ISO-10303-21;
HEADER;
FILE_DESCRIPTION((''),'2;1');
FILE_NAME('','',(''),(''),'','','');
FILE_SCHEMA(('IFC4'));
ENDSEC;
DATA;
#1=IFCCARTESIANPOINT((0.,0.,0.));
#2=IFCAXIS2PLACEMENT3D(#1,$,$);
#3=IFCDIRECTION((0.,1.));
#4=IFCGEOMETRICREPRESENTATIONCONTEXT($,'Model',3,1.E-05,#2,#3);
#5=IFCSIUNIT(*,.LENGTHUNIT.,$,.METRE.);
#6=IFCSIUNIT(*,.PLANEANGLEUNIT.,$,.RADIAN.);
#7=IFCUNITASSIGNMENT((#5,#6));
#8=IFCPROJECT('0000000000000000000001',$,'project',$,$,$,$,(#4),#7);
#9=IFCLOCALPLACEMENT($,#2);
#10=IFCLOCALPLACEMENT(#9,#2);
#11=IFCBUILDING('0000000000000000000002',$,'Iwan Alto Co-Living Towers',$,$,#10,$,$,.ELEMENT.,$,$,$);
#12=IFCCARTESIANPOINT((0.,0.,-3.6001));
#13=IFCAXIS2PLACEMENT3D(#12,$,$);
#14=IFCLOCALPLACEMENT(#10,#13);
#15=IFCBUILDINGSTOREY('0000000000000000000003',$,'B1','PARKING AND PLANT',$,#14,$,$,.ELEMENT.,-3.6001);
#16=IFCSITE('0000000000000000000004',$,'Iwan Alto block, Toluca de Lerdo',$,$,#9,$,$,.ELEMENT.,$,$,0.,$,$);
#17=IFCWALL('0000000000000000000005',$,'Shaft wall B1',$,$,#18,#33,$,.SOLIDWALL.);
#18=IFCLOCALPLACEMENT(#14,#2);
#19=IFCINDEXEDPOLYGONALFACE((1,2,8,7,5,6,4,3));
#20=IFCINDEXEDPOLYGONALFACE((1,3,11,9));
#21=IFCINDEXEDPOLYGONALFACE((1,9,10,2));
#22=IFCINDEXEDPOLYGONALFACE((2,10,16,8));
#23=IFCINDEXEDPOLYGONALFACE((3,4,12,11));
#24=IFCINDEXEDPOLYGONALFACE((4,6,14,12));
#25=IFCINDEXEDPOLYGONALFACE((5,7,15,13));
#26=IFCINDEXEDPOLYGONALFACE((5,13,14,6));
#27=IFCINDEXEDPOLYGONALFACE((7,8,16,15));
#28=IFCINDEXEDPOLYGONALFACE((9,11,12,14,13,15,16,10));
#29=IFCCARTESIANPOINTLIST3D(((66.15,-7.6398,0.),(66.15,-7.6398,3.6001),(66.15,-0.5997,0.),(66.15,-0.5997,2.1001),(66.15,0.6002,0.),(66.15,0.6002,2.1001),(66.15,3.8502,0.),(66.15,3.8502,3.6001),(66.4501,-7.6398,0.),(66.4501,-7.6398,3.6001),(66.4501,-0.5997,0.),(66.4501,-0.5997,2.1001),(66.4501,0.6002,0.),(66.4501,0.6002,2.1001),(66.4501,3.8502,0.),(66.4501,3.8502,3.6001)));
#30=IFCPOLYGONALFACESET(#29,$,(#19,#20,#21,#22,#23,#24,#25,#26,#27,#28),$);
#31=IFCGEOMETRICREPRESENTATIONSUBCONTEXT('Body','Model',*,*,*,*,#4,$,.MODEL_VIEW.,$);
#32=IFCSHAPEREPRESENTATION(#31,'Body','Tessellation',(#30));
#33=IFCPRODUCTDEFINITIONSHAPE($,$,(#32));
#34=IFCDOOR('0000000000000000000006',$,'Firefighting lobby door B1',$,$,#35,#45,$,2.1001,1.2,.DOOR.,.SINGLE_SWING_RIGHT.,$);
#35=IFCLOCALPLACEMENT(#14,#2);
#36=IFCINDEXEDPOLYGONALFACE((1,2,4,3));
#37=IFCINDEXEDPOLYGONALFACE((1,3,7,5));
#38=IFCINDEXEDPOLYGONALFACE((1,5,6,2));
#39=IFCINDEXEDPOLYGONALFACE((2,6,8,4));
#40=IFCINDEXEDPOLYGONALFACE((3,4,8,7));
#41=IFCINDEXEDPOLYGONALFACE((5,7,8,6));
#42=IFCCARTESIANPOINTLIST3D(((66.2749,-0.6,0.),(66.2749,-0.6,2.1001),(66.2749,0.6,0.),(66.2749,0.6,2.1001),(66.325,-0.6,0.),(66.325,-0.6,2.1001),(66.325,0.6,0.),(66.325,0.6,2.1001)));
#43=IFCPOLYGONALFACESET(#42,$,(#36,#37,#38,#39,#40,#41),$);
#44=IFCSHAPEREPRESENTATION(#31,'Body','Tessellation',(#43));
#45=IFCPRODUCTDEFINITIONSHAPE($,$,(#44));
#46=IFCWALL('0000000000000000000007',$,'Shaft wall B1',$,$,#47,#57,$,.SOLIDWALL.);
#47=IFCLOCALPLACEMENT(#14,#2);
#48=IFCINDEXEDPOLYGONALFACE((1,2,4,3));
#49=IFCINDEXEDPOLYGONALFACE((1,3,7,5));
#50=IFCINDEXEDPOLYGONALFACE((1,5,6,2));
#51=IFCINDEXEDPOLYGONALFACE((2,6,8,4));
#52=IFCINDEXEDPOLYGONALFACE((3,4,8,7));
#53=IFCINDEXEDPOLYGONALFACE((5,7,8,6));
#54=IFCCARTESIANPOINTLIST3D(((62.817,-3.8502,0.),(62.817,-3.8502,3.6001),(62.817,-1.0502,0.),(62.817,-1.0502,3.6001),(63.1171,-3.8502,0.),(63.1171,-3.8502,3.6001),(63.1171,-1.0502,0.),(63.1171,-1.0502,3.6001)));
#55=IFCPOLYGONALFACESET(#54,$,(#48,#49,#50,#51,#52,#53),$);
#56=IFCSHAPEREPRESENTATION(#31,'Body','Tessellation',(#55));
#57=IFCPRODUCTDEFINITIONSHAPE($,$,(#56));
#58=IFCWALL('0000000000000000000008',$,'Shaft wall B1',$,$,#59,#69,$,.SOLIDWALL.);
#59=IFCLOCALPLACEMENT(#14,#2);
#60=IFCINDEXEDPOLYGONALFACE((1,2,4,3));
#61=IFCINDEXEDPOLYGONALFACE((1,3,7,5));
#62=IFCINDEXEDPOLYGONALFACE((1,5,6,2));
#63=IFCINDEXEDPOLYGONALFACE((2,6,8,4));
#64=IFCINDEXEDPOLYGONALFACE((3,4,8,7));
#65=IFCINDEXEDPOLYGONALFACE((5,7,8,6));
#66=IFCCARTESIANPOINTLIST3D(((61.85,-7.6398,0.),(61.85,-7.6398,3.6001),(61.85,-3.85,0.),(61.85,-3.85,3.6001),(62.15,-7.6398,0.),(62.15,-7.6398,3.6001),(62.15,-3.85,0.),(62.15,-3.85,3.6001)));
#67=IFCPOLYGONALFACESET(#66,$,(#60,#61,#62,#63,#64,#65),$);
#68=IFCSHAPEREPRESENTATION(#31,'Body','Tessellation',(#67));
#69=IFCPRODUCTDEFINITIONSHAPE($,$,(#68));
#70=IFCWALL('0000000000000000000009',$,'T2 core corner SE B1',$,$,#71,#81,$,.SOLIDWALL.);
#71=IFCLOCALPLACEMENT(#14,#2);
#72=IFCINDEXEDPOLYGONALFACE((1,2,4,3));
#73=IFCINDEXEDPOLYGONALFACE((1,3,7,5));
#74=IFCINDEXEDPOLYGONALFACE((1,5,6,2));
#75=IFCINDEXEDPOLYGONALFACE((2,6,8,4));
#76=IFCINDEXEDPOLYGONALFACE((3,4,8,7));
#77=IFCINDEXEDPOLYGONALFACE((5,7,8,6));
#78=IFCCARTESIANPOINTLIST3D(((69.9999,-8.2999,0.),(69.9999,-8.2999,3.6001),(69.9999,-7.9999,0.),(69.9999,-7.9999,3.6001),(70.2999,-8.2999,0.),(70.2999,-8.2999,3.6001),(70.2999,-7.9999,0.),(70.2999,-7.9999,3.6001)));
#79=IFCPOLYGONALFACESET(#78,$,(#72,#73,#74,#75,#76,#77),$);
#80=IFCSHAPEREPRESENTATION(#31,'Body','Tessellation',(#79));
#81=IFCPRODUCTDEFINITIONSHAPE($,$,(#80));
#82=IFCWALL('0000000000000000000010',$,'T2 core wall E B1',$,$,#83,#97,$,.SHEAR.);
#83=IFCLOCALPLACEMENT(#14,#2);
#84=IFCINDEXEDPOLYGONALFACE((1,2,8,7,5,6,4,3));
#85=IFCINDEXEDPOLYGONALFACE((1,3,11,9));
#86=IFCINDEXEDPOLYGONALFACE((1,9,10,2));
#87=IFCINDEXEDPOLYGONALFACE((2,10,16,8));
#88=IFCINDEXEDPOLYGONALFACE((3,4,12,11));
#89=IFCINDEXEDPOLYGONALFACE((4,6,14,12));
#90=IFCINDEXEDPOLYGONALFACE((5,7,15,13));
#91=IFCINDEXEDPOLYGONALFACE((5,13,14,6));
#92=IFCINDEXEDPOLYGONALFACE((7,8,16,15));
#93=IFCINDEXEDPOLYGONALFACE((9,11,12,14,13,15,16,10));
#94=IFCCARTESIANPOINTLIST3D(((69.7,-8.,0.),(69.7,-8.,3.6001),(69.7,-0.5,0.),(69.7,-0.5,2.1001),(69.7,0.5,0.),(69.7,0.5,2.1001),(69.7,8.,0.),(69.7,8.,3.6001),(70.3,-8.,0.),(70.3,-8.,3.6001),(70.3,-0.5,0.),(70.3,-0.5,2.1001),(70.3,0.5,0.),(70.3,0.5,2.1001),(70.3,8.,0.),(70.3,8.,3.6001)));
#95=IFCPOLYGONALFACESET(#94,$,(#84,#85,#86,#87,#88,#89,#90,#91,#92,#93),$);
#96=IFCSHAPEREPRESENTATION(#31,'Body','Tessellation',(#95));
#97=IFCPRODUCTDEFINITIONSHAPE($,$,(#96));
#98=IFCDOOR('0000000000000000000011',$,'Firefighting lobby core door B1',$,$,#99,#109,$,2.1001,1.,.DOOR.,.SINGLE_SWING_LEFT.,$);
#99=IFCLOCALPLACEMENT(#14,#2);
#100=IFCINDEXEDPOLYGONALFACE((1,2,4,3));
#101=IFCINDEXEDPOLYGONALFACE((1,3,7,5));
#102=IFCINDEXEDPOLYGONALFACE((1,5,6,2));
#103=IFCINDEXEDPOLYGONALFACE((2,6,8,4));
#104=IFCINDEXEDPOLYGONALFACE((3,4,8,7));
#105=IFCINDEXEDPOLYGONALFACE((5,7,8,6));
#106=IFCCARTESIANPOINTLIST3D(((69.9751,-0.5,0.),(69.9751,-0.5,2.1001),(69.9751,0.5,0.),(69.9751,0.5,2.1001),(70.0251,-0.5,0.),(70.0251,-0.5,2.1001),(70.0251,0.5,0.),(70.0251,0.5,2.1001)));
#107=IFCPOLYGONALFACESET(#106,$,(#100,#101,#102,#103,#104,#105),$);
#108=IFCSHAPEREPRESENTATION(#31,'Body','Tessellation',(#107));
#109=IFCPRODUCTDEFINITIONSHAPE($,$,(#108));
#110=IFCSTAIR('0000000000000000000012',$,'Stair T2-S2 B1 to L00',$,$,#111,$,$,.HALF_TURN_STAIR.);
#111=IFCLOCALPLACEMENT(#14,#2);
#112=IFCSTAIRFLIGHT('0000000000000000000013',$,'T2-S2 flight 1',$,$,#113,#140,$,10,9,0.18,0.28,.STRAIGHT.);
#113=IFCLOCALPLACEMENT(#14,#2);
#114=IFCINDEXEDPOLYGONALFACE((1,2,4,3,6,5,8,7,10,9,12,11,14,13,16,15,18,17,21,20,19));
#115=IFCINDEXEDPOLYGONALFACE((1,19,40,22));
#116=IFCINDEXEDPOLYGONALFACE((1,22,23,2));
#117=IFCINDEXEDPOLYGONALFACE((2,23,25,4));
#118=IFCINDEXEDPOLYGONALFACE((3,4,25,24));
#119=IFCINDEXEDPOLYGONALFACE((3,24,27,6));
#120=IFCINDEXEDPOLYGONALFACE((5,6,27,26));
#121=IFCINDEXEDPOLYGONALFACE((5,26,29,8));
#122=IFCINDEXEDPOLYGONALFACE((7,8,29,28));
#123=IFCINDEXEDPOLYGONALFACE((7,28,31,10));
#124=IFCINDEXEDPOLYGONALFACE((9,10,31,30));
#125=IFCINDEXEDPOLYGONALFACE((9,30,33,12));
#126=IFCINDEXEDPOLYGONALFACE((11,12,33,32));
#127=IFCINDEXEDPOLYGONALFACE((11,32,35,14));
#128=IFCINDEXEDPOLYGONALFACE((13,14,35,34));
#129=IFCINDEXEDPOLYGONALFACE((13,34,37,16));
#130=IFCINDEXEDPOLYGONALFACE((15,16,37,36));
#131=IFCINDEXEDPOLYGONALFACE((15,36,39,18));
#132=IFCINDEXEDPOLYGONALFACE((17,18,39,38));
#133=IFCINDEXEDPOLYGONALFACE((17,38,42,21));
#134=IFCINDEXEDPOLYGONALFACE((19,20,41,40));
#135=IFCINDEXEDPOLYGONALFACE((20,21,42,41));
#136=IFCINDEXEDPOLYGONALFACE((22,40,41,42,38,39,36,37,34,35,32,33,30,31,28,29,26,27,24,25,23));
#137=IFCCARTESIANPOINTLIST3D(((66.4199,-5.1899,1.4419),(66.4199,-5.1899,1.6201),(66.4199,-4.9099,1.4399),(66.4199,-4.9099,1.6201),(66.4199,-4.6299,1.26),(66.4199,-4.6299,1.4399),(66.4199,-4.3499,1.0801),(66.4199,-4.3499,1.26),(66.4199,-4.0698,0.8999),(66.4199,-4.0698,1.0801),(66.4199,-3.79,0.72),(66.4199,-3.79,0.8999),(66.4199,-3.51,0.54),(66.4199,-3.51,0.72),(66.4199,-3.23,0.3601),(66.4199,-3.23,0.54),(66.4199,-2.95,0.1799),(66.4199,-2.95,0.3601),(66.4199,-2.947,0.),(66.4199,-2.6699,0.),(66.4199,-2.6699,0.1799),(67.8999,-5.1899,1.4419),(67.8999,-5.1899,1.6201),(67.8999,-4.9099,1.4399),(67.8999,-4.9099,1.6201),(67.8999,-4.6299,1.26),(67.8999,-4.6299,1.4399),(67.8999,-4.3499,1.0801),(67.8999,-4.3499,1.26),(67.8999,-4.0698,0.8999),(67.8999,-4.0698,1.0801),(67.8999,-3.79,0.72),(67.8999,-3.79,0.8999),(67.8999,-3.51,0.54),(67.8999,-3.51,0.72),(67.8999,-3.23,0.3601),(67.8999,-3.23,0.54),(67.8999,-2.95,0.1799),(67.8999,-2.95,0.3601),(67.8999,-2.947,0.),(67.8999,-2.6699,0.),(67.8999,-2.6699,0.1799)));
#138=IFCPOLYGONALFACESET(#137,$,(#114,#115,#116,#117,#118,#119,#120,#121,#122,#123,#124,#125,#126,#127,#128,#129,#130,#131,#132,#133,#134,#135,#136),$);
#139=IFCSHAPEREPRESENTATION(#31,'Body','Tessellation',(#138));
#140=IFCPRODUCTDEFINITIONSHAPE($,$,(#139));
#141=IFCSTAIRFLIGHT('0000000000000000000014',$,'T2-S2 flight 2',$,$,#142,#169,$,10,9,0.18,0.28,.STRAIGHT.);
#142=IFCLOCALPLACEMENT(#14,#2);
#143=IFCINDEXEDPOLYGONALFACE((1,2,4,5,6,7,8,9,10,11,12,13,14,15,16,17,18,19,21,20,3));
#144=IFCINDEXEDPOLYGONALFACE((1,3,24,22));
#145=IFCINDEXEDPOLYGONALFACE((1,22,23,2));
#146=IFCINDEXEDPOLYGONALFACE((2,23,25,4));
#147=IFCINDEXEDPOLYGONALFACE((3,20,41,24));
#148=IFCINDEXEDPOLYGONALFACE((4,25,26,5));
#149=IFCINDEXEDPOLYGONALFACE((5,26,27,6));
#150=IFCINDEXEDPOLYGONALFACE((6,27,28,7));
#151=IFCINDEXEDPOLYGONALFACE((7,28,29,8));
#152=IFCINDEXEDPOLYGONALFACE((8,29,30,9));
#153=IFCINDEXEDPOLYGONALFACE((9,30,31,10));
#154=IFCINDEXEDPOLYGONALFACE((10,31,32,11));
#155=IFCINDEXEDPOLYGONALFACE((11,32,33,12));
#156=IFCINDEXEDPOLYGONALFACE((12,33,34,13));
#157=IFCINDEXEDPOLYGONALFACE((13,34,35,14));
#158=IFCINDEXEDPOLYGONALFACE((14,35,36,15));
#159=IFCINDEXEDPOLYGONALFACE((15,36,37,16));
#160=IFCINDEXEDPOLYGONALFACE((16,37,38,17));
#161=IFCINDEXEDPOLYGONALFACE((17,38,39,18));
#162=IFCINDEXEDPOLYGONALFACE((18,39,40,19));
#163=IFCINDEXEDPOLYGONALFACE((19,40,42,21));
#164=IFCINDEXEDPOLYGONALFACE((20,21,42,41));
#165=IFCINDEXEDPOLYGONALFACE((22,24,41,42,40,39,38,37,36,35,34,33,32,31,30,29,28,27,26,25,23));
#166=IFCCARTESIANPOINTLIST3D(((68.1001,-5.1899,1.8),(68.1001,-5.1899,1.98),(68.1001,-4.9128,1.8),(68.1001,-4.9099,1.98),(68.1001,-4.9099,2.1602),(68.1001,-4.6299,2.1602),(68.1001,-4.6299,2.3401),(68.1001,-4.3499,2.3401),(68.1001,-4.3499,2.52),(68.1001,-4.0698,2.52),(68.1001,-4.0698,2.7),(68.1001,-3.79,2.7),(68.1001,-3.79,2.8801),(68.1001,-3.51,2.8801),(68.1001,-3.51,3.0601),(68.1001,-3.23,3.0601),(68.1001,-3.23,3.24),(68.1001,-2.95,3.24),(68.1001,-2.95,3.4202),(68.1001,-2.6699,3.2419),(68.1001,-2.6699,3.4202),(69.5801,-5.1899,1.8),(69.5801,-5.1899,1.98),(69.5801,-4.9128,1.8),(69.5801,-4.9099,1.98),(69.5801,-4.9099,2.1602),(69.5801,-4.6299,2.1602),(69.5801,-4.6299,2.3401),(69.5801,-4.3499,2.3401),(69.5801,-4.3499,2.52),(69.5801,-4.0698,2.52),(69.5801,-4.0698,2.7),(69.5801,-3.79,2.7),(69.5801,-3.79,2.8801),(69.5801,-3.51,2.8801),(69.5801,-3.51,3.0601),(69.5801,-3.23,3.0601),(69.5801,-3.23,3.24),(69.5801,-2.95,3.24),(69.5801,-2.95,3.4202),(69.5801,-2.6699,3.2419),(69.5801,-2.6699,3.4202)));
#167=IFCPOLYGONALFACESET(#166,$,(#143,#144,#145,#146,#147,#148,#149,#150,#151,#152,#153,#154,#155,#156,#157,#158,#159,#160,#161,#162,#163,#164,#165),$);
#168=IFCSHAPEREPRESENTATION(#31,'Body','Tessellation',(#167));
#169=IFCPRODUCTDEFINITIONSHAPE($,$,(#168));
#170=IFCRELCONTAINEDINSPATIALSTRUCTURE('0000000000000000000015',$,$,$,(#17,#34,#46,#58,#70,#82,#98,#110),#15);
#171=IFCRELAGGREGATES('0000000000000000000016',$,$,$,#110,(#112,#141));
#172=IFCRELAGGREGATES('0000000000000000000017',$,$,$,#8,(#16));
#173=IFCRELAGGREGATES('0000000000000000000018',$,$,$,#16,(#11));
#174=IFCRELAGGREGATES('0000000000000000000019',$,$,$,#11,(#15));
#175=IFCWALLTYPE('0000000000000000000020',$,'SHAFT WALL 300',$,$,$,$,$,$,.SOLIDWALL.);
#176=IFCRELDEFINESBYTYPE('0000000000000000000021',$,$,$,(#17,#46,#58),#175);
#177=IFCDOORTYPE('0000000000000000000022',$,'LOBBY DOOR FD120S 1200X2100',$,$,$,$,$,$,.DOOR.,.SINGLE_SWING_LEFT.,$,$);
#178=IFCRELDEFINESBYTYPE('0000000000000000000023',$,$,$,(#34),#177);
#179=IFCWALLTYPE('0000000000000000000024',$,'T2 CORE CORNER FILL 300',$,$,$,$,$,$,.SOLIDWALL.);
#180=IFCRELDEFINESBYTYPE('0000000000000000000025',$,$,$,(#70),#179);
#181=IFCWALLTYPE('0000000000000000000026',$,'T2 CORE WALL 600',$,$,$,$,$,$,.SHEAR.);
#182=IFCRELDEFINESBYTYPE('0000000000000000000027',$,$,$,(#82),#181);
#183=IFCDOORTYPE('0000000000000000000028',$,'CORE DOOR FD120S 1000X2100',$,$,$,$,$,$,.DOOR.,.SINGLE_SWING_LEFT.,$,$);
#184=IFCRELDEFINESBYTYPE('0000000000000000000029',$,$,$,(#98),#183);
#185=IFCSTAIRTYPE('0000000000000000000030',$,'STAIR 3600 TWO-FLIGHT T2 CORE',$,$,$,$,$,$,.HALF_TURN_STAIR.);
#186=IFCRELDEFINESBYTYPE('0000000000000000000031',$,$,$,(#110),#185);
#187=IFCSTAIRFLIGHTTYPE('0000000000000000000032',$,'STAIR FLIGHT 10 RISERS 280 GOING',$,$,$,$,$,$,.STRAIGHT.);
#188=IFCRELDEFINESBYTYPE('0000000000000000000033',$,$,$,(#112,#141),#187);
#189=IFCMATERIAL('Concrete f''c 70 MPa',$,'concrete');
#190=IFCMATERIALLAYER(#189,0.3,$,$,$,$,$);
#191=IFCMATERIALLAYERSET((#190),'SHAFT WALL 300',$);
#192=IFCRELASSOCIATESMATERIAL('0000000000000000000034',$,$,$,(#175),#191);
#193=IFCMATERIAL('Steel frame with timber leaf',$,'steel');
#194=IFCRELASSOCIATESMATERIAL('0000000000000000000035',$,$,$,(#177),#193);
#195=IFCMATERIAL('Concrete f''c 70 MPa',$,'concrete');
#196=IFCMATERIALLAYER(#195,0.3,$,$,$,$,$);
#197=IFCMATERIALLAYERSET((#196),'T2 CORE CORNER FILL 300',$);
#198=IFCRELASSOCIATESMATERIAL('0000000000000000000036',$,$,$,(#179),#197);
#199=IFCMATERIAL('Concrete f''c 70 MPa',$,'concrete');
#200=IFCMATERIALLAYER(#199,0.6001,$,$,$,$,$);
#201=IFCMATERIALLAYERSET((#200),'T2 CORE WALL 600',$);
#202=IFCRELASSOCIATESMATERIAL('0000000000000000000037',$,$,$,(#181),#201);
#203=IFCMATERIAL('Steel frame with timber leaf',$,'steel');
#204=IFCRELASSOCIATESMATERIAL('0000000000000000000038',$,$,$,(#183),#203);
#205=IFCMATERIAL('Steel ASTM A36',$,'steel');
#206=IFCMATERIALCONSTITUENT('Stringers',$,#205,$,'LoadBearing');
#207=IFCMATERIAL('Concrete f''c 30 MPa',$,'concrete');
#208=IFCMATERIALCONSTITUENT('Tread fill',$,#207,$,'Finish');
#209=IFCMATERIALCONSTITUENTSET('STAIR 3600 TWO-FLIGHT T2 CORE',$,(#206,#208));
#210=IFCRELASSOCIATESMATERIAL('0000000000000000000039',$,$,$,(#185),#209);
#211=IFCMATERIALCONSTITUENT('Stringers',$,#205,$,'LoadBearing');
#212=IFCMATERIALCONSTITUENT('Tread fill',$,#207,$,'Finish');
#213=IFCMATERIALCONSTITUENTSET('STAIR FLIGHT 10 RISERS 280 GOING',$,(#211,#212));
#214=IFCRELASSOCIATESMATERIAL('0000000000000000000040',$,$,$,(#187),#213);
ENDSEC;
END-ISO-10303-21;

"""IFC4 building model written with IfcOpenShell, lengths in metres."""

from ifc_helpers import new_model, si_unit, direction, frame, frame_2d, origin, place, context, subcontext, project, spatial, polyline, rectangle, outline, extrude, material, layer, layer_set, constituent, constituent_set, type_object, element, fill, aggregate, save


model = new_model("IFC4")

# Units and contexts
model_context = context("Model", 3, precision=1e-05, world=origin(), true_north=direction((0.0, 1.0)))
body_context = subcontext(model_context, "Body", "Model", "MODEL_VIEW")
ifc_project = project(units=[si_unit("LENGTHUNIT", "METRE"), si_unit("PLANEANGLEUNIT", "RADIAN")], contexts=[model_context])

# Site, building, storey
site_placement = place(None, origin())
site = spatial("IfcSite", under=ifc_project, at=site_placement, Name="Iwan Alto block, Toluca de Lerdo", CompositionType="ELEMENT", RefElevation=0.0)
building_placement = place(site_placement, origin())
building = spatial("IfcBuilding", under=site, at=building_placement, Name="Iwan Alto Co-Living Towers", CompositionType="ELEMENT")
storey_placement = place(building_placement, frame((0.0, 0.0, -3.6001)))
storey = spatial("IfcBuildingStorey", under=building, at=storey_placement, Name="B1", Description="PARKING AND PLANT", CompositionType="ELEMENT", Elevation=-3.6001)

# Wall, opening, door
ifc_material_1 = material(Name="Concrete f'c 70 MPa", Category="concrete")
ifc_layer_1 = layer(ifc_material_1, 0.3)
ifc_layer_set_1 = layer_set([ifc_layer_1], Name="SHAFT WALL 300")
wall_type_1 = type_object("IfcWallType", Name="SHAFT WALL 300", PredefinedType="SOLIDWALL", material=ifc_layer_set_1)
wall_1_placement = place(storey_placement, frame((66.3, -7.6399, 0.0), z_axis=(0.0, 0.0, 1.0), x_axis=(0.0, 1.0, 0.0)))
wall_1 = element("IfcWall", 1, at=wall_1_placement, inside=storey, type_object=wall_type_1, Name="Shaft wall B1", PredefinedType="SOLIDWALL", context=body_context, shape_type="SweptSolid", body=[
    extrude(rectangle(XDim=11.49, YDim=0.3, at=frame_2d((5.7451, 0.0))), origin(), (0.0, 0.0, 1.0), 3.6001),
])
opening_1_placement = place(wall_1_placement, frame((7.04, 0.0, 0.0)))
opening_1 = element("IfcOpeningElement", 2, at=opening_1_placement, cuts=wall_1, PredefinedType="OPENING", context=body_context, shape_type="SweptSolid", body=[
    extrude(rectangle(XDim=1.2, YDim=2.1001, at=frame_2d((0.6001, 1.05))), frame((0.0, 0.1599, 0.0), z_axis=(0.0, -1.0, 0.0), x_axis=(1.0, 0.0, 0.0)), (0.0, 0.0, 1.0), 0.3201),
])
ifc_material_2 = material(Name="Steel frame with timber leaf", Category="steel")
door_type_1 = type_object("IfcDoorType", Name="LOBBY DOOR FD120S 1200X2100", OperationType="SINGLE_SWING_LEFT", PredefinedType="DOOR", material=ifc_material_2)
door_1_placement = place(opening_1_placement, frame((1.2, 0.0, 0.0), z_axis=(0.0, 0.0, 1.0), x_axis=(-1.0, 0.0, 0.0)))
door_1 = element("IfcDoor", 3, at=door_1_placement, inside=storey, type_object=door_type_1, Name="Firefighting lobby door B1", OperationType="SINGLE_SWING_RIGHT", OverallHeight=2.1001, OverallWidth=1.2, PredefinedType="DOOR", context=body_context, shape_type="SweptSolid", body=[
    extrude(rectangle(XDim=1.2, YDim=2.1001, at=frame_2d((0.6001, 1.05))), frame((0.0, 0.0249, 0.0), z_axis=(0.0, -1.0, 0.0), x_axis=(1.0, 0.0, 0.0)), (0.0, 0.0, 1.0), 0.05),
])
fill(opening_1, door_1)

# Walls
wall_2_placement = place(storey_placement, frame((62.967, -3.8501, 0.0), z_axis=(0.0, 0.0, 1.0), x_axis=(0.0, 1.0, 0.0)))
element("IfcWall", 4, at=wall_2_placement, inside=storey, type_object=wall_type_1, Name="Shaft wall B1", PredefinedType="SOLIDWALL", context=body_context, shape_type="SweptSolid", body=[
    extrude(rectangle(XDim=2.8, YDim=0.3, at=frame_2d((1.3999, 0.0))), origin(), (0.0, 0.0, 1.0), 3.6001),
])
wall_3_placement = place(storey_placement, frame((62.0, -7.6399, 0.0), z_axis=(0.0, 0.0, 1.0), x_axis=(0.0, 1.0, 0.0)))
element("IfcWall", 5, at=wall_3_placement, inside=storey, type_object=wall_type_1, Name="Shaft wall B1", PredefinedType="SOLIDWALL", context=body_context, shape_type="SweptSolid", body=[
    extrude(rectangle(XDim=3.7898, YDim=0.3, at=frame_2d((1.895, 0.0))), origin(), (0.0, 0.0, 1.0), 3.6001),
])
ifc_material_3 = material(Name="Concrete f'c 70 MPa", Category="concrete")
ifc_layer_2 = layer(ifc_material_3, 0.3)
ifc_layer_set_2 = layer_set([ifc_layer_2], Name="T2 CORE CORNER FILL 300")
wall_type_2 = type_object("IfcWallType", Name="T2 CORE CORNER FILL 300", PredefinedType="SOLIDWALL", material=ifc_layer_set_2)
wall_4_placement = place(storey_placement, frame((70.0, -8.1499, 0.0), z_axis=(0.0, 0.0, 1.0), x_axis=(1.0, 0.0, 0.0)))
element("IfcWall", 6, at=wall_4_placement, inside=storey, type_object=wall_type_2, Name="T2 core corner SE B1", PredefinedType="SOLIDWALL", context=body_context, shape_type="SweptSolid", body=[
    extrude(rectangle(XDim=0.3, YDim=0.3, at=frame_2d((0.1499, 0.0))), origin(), (0.0, 0.0, 1.0), 3.6001),
])

# Wall, opening, door
ifc_material_4 = material(Name="Concrete f'c 70 MPa", Category="concrete")
ifc_layer_3 = layer(ifc_material_4, 0.6001)
ifc_layer_set_3 = layer_set([ifc_layer_3], Name="T2 CORE WALL 600")
wall_type_3 = type_object("IfcWallType", Name="T2 CORE WALL 600", PredefinedType="SHEAR", material=ifc_layer_set_3)
wall_5_placement = place(storey_placement, frame((70.0, -8.0, 0.0), z_axis=(0.0, 0.0, 1.0), x_axis=(0.0, 1.0, 0.0)))
wall_5 = element("IfcWall", 7, at=wall_5_placement, inside=storey, type_object=wall_type_3, Name="T2 core wall E B1", PredefinedType="SHEAR", context=body_context, shape_type="SweptSolid", body=[
    extrude(rectangle(XDim=16.0, YDim=0.6001, at=frame_2d((8.0, 0.0))), origin(), (0.0, 0.0, 1.0), 3.6001),
])
opening_2_placement = place(wall_5_placement, frame((7.5, 0.0, 0.0)))
opening_2 = element("IfcOpeningElement", 8, at=opening_2_placement, cuts=wall_5, PredefinedType="OPENING", context=body_context, shape_type="SweptSolid", body=[
    extrude(rectangle(XDim=1.0, YDim=2.1001, at=frame_2d((0.5, 1.05))), frame((0.0, 0.3101, 0.0), z_axis=(0.0, -1.0, 0.0), x_axis=(1.0, 0.0, 0.0)), (0.0, 0.0, 1.0), 0.6201),
])
ifc_material_5 = material(Name="Steel frame with timber leaf", Category="steel")
door_type_2 = type_object("IfcDoorType", Name="CORE DOOR FD120S 1000X2100", OperationType="SINGLE_SWING_LEFT", PredefinedType="DOOR", material=ifc_material_5)
door_2_placement = place(opening_2_placement, origin())
door_2 = element("IfcDoor", 9, at=door_2_placement, inside=storey, type_object=door_type_2, Name="Firefighting lobby core door B1", OperationType="SINGLE_SWING_LEFT", OverallHeight=2.1001, OverallWidth=1.0, PredefinedType="DOOR", context=body_context, shape_type="SweptSolid", body=[
    extrude(rectangle(XDim=1.0, YDim=2.1001, at=frame_2d((0.5, 1.05))), frame((0.0, 0.0249, 0.0), z_axis=(0.0, -1.0, 0.0), x_axis=(1.0, 0.0, 0.0)), (0.0, 0.0, 1.0), 0.05),
])
fill(opening_2, door_2)

# Stair, stair flights
ifc_material_6 = material(Name="Steel ASTM A36", Category="steel")
ifc_constituent_1 = constituent(ifc_material_6, Name="Stringers", Category="LoadBearing")
ifc_material_7 = material(Name="Concrete f'c 30 MPa", Category="concrete")
ifc_constituent_2 = constituent(ifc_material_7, Name="Tread fill", Category="Finish")
ifc_constituent_set_1 = constituent_set(constituents=[ifc_constituent_1, ifc_constituent_2], Name="STAIR 3600 TWO-FLIGHT T2 CORE")
stair_type = type_object("IfcStairType", Name="STAIR 3600 TWO-FLIGHT T2 CORE", PredefinedType="HALF_TURN_STAIR", material=ifc_constituent_set_1)
stair_placement = place(storey_placement, origin())
stair = element("IfcStair", 10, at=stair_placement, inside=storey, type_object=stair_type, Name="Stair T2-S2 B1 to L00", PredefinedType="HALF_TURN_STAIR")
ifc_constituent_3 = constituent(ifc_material_6, Name="Stringers", Category="LoadBearing")
ifc_constituent_4 = constituent(ifc_material_7, Name="Tread fill", Category="Finish")
ifc_constituent_set_2 = constituent_set(constituents=[ifc_constituent_3, ifc_constituent_4], Name="STAIR FLIGHT 10 RISERS 280 GOING")
stair_flight_type = type_object("IfcStairFlightType", Name="STAIR FLIGHT 10 RISERS 280 GOING", PredefinedType="STRAIGHT", material=ifc_constituent_set_2)
stair_flight_1_placement = place(storey_placement, frame((67.1599, -2.6699, 0.0), z_axis=(0.0, 0.0, 1.0), x_axis=(0.0, -1.0, 0.0)))
stair_flight_1 = element("IfcStairFlight", 11, at=stair_flight_1_placement, type_object=stair_flight_type, Name="T2-S2 flight 1", NumberOfRisers=10, NumberOfTreads=9, PredefinedType="STRAIGHT", RiserHeight=0.18, TreadLength=0.28, context=body_context, shape_type="SweptSolid", body=[
    extrude(outline(polyline([(0.0, 0.0), (0.0, 0.1799), (0.28, 0.1799), (0.28, 0.3601), (0.5601, 0.3601), (0.5601, 0.54), (0.8401, 0.54), (0.8401, 0.72), (1.1201, 0.72), (1.1201, 0.8999), (1.3999, 0.8999), (1.3999, 1.0801), (1.6799, 1.0801), (1.6799, 1.26), (1.96, 1.26), (1.96, 1.4399), (2.24, 1.4399), (2.24, 1.6201), (2.52, 1.6201), (2.52, 1.8), (2.52, 1.4419), (0.2771, 0.0), (0.0, 0.0)])), frame((0.0, 0.74, 0.0), z_axis=(0.0, -1.0, 0.0), x_axis=(1.0, 0.0, 0.0)), (0.0, 0.0, 1.0), 1.48),
])
stair_flight_2_placement = place(storey_placement, frame((68.8401, -5.1899, 1.8), z_axis=(0.0, 0.0, 1.0), x_axis=(0.0, 1.0, 0.0)))
stair_flight_2 = element("IfcStairFlight", 12, at=stair_flight_2_placement, type_object=stair_flight_type, Name="T2-S2 flight 2", NumberOfRisers=10, NumberOfTreads=9, PredefinedType="STRAIGHT", RiserHeight=0.18, TreadLength=0.28, context=body_context, shape_type="SweptSolid", body=[
    extrude(outline(polyline([(0.0, 0.0), (0.0, 0.1799), (0.28, 0.1799), (0.28, 0.3601), (0.5601, 0.3601), (0.5601, 0.54), (0.8401, 0.54), (0.8401, 0.72), (1.1201, 0.72), (1.1201, 0.8999), (1.3999, 0.8999), (1.3999, 1.0801), (1.6799, 1.0801), (1.6799, 1.26), (1.96, 1.26), (1.96, 1.4399), (2.24, 1.4399), (2.24, 1.6201), (2.52, 1.6201), (2.52, 1.8), (2.52, 1.4419), (0.2771, 0.0), (0.0, 0.0)])), frame((0.0, 0.74, 0.0), z_axis=(0.0, -1.0, 0.0), x_axis=(1.0, 0.0, 0.0)), (0.0, 0.0, 1.0), 1.48),
])
aggregate(stair, [stair_flight_1, stair_flight_2])

save(model, "model.ifc")
